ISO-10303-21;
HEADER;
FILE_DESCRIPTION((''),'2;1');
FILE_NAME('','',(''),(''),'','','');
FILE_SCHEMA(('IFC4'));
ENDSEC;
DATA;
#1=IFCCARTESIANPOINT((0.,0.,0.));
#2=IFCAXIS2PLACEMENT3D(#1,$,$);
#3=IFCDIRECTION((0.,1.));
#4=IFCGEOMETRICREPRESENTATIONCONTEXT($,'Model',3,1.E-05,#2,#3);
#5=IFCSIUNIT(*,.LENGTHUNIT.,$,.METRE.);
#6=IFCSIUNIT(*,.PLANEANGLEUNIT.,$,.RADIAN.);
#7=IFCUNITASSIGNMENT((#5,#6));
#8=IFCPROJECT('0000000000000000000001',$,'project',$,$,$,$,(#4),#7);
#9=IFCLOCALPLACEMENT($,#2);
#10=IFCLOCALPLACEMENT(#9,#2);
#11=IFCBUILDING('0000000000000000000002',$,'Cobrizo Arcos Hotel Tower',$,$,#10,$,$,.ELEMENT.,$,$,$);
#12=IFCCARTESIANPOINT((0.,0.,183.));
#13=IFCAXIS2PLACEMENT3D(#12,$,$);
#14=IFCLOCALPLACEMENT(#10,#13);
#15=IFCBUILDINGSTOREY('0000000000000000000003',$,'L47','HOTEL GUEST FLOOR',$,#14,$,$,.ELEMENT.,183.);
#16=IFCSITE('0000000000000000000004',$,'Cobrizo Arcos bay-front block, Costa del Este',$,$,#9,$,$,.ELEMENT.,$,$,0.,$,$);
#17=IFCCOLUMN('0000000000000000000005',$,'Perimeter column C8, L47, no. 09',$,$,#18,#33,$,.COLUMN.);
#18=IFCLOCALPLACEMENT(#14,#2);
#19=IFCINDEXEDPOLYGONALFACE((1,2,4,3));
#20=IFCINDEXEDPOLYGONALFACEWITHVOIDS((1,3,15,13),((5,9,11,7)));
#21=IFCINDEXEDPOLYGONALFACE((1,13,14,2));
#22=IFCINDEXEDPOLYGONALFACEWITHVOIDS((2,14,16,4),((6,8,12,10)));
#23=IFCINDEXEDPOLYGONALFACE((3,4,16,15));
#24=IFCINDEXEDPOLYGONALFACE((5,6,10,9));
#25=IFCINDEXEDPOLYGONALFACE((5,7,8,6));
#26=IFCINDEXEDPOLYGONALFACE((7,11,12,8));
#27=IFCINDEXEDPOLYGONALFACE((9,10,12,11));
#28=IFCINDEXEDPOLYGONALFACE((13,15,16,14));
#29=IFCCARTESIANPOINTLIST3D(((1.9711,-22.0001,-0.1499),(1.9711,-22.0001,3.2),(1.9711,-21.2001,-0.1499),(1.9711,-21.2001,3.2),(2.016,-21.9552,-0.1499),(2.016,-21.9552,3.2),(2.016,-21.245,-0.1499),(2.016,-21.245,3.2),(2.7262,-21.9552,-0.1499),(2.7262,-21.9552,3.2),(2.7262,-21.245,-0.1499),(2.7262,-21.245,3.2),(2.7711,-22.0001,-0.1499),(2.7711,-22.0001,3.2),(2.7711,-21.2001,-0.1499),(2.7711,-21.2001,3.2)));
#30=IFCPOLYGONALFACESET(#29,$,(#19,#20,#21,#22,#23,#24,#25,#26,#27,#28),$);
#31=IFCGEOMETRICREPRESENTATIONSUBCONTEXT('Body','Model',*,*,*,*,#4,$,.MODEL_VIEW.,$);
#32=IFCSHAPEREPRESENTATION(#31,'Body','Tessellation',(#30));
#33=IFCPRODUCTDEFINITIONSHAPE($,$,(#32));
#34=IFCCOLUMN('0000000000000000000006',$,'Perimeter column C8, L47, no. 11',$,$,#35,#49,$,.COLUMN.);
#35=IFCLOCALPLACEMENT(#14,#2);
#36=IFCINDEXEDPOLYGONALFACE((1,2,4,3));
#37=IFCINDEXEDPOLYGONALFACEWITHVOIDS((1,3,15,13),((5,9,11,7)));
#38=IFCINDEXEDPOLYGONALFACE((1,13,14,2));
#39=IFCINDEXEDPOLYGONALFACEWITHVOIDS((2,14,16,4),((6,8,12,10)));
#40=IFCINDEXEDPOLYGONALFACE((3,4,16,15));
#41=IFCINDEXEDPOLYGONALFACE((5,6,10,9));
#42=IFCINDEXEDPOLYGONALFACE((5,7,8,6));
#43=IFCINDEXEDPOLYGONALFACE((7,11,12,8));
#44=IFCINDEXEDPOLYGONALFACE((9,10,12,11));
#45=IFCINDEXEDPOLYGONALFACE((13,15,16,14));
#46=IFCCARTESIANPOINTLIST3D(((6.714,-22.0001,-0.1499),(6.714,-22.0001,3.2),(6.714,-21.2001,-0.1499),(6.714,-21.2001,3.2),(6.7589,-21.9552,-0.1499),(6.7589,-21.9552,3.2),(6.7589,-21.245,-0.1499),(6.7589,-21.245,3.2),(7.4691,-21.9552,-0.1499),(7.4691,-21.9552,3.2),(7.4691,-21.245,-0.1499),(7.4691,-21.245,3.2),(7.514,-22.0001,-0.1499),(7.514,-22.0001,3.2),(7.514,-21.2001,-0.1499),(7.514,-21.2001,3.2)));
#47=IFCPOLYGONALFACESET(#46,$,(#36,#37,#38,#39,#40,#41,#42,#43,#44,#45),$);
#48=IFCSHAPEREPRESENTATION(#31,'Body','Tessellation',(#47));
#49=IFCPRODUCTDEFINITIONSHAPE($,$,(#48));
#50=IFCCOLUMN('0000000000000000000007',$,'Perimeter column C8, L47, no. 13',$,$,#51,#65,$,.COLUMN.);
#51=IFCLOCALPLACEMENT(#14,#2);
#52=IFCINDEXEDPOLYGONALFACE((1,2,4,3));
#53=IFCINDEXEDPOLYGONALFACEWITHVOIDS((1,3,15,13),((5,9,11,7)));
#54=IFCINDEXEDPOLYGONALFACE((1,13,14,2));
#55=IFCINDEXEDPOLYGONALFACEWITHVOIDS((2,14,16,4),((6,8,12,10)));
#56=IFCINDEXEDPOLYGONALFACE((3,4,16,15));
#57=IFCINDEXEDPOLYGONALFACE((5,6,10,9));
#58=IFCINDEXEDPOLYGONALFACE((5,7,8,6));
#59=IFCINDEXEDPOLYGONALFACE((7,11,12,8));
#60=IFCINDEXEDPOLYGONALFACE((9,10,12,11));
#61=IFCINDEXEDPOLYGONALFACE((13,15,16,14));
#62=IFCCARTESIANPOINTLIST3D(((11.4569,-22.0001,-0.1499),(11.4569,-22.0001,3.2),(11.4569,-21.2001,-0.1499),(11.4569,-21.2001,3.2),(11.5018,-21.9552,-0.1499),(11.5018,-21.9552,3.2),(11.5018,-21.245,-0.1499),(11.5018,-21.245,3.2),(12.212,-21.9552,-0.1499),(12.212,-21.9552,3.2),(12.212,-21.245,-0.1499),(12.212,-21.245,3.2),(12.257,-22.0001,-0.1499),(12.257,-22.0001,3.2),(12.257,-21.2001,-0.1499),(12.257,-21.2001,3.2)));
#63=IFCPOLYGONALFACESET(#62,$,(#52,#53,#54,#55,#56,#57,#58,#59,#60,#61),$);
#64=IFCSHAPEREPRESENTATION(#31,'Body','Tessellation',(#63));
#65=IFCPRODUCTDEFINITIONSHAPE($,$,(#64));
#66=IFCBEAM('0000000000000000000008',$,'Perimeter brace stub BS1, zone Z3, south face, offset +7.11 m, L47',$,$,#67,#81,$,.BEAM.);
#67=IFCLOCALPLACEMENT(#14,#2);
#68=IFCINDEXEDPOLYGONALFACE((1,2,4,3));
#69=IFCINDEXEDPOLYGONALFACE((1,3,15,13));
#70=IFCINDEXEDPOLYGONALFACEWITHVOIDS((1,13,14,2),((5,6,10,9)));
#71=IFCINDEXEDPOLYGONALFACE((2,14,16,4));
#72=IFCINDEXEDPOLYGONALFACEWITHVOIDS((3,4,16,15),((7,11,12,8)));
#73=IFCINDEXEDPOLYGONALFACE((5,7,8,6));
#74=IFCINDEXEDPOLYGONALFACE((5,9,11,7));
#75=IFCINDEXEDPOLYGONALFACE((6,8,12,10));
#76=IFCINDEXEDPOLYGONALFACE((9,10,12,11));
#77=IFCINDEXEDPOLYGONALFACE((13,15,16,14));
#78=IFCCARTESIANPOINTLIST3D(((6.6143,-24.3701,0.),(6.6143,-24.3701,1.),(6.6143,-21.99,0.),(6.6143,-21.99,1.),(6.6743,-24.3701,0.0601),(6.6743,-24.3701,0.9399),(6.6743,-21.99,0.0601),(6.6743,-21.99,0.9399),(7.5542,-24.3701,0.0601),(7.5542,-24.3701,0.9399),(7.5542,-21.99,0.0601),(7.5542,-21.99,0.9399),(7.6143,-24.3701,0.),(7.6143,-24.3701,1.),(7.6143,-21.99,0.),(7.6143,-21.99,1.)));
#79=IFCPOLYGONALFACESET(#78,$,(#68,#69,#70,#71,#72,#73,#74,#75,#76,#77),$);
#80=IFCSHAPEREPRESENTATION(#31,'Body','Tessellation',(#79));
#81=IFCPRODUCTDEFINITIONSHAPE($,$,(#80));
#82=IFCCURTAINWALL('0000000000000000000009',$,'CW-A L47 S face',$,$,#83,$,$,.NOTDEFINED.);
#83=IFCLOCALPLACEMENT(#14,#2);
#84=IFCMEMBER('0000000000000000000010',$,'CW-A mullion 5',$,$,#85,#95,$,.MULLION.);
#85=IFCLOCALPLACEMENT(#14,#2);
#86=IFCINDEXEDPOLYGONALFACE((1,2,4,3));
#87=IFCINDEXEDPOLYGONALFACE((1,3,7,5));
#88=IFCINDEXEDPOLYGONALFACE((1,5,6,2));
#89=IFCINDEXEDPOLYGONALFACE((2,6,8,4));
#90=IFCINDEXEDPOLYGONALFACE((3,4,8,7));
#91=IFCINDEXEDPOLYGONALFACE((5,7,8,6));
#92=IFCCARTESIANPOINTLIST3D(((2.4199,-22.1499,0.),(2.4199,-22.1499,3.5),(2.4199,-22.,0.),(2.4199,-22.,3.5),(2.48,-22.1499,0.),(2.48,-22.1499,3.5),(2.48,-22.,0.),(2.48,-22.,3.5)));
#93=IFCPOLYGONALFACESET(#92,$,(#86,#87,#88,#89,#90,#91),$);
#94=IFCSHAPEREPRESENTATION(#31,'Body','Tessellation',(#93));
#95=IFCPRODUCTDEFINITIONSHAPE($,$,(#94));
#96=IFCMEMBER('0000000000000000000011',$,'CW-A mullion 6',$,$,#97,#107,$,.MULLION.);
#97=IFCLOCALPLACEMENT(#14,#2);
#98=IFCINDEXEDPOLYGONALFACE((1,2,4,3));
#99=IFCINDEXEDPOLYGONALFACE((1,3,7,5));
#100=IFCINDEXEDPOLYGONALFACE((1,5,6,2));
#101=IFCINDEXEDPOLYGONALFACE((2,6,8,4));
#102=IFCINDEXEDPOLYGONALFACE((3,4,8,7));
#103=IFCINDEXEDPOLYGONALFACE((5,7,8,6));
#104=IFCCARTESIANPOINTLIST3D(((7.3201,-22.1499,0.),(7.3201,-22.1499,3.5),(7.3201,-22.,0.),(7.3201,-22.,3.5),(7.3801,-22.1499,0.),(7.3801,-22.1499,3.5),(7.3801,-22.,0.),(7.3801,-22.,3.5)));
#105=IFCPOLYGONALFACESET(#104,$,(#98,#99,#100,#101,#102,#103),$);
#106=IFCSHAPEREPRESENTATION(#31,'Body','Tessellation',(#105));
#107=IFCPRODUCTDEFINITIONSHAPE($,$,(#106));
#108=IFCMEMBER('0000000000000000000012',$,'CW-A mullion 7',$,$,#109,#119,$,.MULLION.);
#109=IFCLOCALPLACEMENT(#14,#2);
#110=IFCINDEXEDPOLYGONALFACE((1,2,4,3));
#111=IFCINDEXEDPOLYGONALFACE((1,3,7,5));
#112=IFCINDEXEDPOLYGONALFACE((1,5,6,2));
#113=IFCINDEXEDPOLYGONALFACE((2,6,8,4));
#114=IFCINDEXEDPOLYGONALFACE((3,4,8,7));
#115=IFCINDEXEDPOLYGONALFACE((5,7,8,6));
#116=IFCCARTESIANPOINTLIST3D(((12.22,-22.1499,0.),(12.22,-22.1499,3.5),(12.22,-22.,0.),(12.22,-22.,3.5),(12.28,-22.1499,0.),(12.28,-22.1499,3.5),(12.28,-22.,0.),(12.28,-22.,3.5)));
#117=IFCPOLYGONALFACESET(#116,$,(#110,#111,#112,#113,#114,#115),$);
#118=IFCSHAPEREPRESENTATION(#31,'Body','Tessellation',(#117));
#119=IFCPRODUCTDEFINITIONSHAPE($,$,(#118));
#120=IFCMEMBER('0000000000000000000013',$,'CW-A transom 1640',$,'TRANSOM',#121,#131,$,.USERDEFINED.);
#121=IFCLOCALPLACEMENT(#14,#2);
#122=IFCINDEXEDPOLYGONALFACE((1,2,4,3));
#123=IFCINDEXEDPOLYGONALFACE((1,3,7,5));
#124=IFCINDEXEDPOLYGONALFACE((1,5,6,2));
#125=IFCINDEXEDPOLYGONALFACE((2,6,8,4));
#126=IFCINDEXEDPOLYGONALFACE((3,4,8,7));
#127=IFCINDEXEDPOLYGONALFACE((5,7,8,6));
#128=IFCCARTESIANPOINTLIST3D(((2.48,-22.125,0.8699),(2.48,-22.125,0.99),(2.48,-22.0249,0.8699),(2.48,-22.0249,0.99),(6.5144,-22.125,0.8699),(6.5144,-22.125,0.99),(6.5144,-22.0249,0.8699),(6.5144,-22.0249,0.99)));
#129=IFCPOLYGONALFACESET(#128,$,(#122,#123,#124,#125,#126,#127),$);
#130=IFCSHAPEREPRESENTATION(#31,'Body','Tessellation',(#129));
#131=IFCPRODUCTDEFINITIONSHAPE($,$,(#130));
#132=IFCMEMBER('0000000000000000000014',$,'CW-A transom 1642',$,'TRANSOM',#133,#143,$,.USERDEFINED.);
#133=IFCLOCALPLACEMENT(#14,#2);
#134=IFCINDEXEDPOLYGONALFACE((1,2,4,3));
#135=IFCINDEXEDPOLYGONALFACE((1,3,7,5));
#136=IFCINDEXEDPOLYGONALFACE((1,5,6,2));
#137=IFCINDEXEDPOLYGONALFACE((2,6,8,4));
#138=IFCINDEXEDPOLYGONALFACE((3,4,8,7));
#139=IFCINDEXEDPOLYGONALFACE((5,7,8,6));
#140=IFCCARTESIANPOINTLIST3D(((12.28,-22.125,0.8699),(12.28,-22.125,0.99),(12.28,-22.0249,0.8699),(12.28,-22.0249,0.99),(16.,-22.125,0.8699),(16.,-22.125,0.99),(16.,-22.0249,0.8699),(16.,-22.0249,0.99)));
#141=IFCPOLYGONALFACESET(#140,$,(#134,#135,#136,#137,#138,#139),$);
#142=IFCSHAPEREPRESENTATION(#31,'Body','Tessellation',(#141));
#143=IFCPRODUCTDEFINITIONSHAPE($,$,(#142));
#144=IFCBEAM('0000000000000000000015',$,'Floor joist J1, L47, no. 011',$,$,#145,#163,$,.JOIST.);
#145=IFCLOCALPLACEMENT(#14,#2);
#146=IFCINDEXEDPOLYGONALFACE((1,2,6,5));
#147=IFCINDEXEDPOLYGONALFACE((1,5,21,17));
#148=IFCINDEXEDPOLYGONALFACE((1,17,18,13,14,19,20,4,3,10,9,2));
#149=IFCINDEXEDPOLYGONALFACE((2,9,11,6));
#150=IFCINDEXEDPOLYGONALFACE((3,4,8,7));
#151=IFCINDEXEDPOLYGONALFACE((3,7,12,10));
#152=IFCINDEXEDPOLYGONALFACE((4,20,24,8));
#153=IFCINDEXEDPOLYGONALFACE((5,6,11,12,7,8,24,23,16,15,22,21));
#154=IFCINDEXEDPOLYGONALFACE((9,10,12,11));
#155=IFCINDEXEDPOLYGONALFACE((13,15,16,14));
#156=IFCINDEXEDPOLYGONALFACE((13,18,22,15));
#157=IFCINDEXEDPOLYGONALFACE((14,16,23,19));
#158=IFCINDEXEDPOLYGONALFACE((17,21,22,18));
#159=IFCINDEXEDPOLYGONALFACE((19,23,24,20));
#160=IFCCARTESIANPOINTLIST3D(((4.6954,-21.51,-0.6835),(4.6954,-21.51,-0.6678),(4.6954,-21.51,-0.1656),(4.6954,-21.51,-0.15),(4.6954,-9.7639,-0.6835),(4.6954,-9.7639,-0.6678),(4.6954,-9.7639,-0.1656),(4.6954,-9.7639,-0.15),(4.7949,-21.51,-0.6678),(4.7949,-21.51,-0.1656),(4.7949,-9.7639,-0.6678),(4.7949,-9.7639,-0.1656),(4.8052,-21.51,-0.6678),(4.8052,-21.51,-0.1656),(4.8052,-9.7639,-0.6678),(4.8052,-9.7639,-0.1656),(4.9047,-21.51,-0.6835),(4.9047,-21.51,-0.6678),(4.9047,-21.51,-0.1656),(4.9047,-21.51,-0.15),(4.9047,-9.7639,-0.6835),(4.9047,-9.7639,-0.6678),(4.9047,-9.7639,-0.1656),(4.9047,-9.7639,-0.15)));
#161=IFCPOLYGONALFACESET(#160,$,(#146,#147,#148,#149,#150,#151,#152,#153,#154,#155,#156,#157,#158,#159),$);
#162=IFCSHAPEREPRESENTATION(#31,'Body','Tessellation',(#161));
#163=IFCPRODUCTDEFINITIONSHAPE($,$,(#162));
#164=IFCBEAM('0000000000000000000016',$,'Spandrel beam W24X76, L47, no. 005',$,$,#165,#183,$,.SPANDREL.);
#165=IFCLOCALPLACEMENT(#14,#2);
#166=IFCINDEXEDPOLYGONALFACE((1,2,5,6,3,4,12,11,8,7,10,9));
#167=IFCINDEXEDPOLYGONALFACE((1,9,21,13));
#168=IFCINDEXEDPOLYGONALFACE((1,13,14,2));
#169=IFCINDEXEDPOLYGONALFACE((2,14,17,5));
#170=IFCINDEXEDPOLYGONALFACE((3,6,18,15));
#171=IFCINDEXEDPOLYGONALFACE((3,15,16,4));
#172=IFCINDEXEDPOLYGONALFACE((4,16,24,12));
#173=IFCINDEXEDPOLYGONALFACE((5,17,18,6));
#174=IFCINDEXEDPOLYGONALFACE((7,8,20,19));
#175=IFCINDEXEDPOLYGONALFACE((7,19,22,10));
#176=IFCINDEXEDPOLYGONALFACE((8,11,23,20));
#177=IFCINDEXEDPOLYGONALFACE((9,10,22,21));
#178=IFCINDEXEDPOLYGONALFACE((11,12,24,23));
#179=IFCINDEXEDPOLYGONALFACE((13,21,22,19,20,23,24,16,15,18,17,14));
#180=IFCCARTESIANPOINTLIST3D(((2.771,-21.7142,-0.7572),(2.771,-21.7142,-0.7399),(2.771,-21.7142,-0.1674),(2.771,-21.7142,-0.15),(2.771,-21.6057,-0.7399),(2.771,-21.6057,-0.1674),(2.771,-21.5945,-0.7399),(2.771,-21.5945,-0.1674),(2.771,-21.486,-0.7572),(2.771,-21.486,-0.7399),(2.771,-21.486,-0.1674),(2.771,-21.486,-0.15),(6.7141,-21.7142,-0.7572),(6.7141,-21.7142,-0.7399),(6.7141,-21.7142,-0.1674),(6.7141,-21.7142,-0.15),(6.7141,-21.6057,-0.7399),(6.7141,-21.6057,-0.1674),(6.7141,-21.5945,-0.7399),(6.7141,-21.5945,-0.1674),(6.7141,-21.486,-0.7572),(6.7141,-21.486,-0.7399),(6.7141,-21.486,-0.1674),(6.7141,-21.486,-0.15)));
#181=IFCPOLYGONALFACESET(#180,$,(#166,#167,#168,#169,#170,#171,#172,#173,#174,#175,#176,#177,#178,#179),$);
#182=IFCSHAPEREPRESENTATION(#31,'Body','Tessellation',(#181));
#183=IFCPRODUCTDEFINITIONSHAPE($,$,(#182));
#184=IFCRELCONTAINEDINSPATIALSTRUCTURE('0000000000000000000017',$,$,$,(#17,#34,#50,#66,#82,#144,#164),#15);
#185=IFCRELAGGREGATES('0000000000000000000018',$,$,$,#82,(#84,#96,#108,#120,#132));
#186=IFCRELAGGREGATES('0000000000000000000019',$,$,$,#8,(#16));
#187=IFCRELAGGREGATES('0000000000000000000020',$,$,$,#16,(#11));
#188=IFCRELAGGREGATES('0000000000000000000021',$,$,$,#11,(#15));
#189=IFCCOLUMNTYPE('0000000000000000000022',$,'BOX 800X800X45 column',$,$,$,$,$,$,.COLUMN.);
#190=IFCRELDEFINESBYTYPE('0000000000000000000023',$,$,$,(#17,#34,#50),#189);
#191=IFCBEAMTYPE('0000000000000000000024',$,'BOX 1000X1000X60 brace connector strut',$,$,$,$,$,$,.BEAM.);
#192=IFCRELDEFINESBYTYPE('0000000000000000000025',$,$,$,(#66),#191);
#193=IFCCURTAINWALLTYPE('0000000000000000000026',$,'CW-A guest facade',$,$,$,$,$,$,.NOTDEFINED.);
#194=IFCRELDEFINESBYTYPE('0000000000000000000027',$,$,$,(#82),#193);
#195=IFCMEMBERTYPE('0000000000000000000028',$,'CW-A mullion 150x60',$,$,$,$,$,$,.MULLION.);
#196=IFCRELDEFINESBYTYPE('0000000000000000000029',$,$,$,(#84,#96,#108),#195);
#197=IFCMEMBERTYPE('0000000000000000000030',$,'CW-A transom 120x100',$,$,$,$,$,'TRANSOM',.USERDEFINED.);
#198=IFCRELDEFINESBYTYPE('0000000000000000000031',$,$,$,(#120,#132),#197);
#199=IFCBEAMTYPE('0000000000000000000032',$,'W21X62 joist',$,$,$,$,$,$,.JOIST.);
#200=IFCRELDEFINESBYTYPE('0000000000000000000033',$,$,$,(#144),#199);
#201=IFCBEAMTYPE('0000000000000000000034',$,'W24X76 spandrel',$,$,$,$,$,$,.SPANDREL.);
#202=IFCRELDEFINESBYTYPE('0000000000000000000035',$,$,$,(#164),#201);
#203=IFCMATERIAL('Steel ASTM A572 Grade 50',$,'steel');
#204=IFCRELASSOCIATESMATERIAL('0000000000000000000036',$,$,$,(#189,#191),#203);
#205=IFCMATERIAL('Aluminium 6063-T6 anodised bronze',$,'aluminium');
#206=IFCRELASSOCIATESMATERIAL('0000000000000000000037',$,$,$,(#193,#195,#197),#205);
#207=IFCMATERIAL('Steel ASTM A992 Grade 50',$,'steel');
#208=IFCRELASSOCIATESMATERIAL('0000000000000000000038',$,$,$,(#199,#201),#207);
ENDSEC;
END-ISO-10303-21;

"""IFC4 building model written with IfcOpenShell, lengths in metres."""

from ifc_helpers import new_model, si_unit, direction, frame, origin, origin_2d, place, context, subcontext, project, spatial, rectangle, hollow_rectangle, i_section, extrude, material, material_profile, profile_set, type_object, element, aggregate, save


model = new_model("IFC4")

# Units and contexts
model_context = context("Model", 3, precision=1e-05, world=origin(), true_north=direction((0.0, 1.0)))
body_context = subcontext(model_context, "Body", "Model", "MODEL_VIEW")
ifc_project = project(units=[si_unit("LENGTHUNIT", "METRE"), si_unit("PLANEANGLEUNIT", "RADIAN")], contexts=[model_context])

# Site, building, storey
site_placement = place(None, origin())
site = spatial("IfcSite", under=ifc_project, at=site_placement, Name="Cobrizo Arcos bay-front block, Costa del Este", CompositionType="ELEMENT", RefElevation=0.0)
building_placement = place(site_placement, origin())
building = spatial("IfcBuilding", under=site, at=building_placement, Name="Cobrizo Arcos Hotel Tower", CompositionType="ELEMENT")
storey_placement = place(building_placement, frame((0.0, 0.0, 183.0)))
storey = spatial("IfcBuildingStorey", under=building, at=storey_placement, Name="L47", Description="HOTEL GUEST FLOOR", CompositionType="ELEMENT", Elevation=183.0)

# Columns
ifc_material_1 = material(Name="Steel ASTM A572 Grade 50", Category="steel")
ifc_material_profile_1 = material_profile(ifc_material_1, hollow_rectangle(XDim=0.8, YDim=0.8, WallThickness=0.0449, at=origin_2d()), Name="BOX 800X800X45")
ifc_profile_set_1 = profile_set([ifc_material_profile_1], Name="Steel ASTM A572 Grade 50")
column_type = type_object("IfcColumnType", Name="BOX 800X800X45 column", PredefinedType="COLUMN", material=ifc_profile_set_1)
for number, where, z_axis, x_axis, name in (
    (1, (2.3711, -21.6001, -0.1499), (0.0, 0.0, 1.0), (1.0, 0.0, 0.0), "Perimeter column C8, L47, no. 09"),
    (2, (7.114, -21.6001, -0.1499), (0.0, 0.0, 1.0), (1.0, 0.0, 0.0), "Perimeter column C8, L47, no. 11"),
    (3, (11.8569, -21.6001, -0.1499), (0.0, 0.0, 1.0), (1.0, 0.0, 0.0), "Perimeter column C8, L47, no. 13"),
):
    element("IfcColumn", number, at=place(storey_placement, frame(where, z_axis=z_axis, x_axis=x_axis)), inside=storey, type_object=column_type, Name=name, PredefinedType="COLUMN", context=body_context, shape_type="SweptSolid", body=[
        extrude(hollow_rectangle(XDim=0.8, YDim=0.8, WallThickness=0.0449, at=origin_2d()), origin(), (0.0, 0.0, 1.0), 3.3499),
    ])

# Beam
ifc_material_profile_2 = material_profile(ifc_material_1, hollow_rectangle(XDim=1.0, YDim=1.0, WallThickness=0.0601, at=origin_2d()), Name="BOX 1000X1000X60")
ifc_profile_set_2 = profile_set([ifc_material_profile_2], Name="Steel ASTM A572 Grade 50")
beam_type_1 = type_object("IfcBeamType", Name="BOX 1000X1000X60 brace connector strut", PredefinedType="BEAM", material=ifc_profile_set_2)
beam_1_placement = place(storey_placement, frame((7.1143, -21.99, 0.5), z_axis=(0.0, -1.0, 0.0), x_axis=(1.0, 0.0, 0.0)))
element("IfcBeam", 4, at=beam_1_placement, inside=storey, type_object=beam_type_1, Name="Perimeter brace stub BS1, zone Z3, south face, offset +7.11 m, L47", PredefinedType="BEAM", context=body_context, shape_type="SweptSolid", body=[
    extrude(hollow_rectangle(XDim=1.0, YDim=1.0, WallThickness=0.0601, at=origin_2d()), origin(), (0.0, 0.0, 1.0), 2.3801),
])

# Curtain wall, members
ifc_material_2 = material(Name="Aluminium 6063-T6 anodised bronze", Category="aluminium")
curtain_wall_type = type_object("IfcCurtainWallType", Name="CW-A guest facade", PredefinedType="NOTDEFINED", material=ifc_material_2)
curtain_wall_placement = place(storey_placement, origin())
curtain_wall = element("IfcCurtainWall", 5, at=curtain_wall_placement, inside=storey, type_object=curtain_wall_type, Name="CW-A L47 S face", PredefinedType="NOTDEFINED")
ifc_material_profile_3 = material_profile(ifc_material_2, rectangle(XDim=0.1499, YDim=0.0601, at=origin_2d()), Name="CW-A mullion 150x60")
ifc_profile_set_3 = profile_set([ifc_material_profile_3], Name="Aluminium 6063-T6 anodised bronze")
member_type_1 = type_object("IfcMemberType", Name="CW-A mullion 150x60", PredefinedType="MULLION", material=ifc_profile_set_3)
member_1_placement = place(storey_placement, frame((2.45, -22.075, 0.0), z_axis=(0.0, 0.0, 1.0), x_axis=(0.0, -1.0, 0.0)))
member_1 = element("IfcMember", 6, at=member_1_placement, type_object=member_type_1, Name="CW-A mullion 5", PredefinedType="MULLION", context=body_context, shape_type="SweptSolid", body=[
    extrude(rectangle(XDim=0.1499, YDim=0.0601, at=origin_2d()), origin(), (0.0, 0.0, 1.0), 3.5),
])
member_2_placement = place(storey_placement, frame((7.3501, -22.075, 0.0), z_axis=(0.0, 0.0, 1.0), x_axis=(0.0, -1.0, 0.0)))
member_2 = element("IfcMember", 7, at=member_2_placement, type_object=member_type_1, Name="CW-A mullion 6", PredefinedType="MULLION", context=body_context, shape_type="SweptSolid", body=[
    extrude(rectangle(XDim=0.1499, YDim=0.0601, at=origin_2d()), origin(), (0.0, 0.0, 1.0), 3.5),
])
member_3_placement = place(storey_placement, frame((12.25, -22.075, 0.0), z_axis=(0.0, 0.0, 1.0), x_axis=(0.0, -1.0, 0.0)))
member_3 = element("IfcMember", 8, at=member_3_placement, type_object=member_type_1, Name="CW-A mullion 7", PredefinedType="MULLION", context=body_context, shape_type="SweptSolid", body=[
    extrude(rectangle(XDim=0.1499, YDim=0.0601, at=origin_2d()), origin(), (0.0, 0.0, 1.0), 3.5),
])
ifc_material_profile_4 = material_profile(ifc_material_2, rectangle(XDim=0.1001, YDim=0.1201, at=origin_2d()), Name="CW-A transom 120x100")
ifc_profile_set_4 = profile_set([ifc_material_profile_4], Name="Aluminium 6063-T6 anodised bronze")
member_type_2 = type_object("IfcMemberType", Name="CW-A transom 120x100", ElementType="TRANSOM", PredefinedType="USERDEFINED", material=ifc_profile_set_4)
member_4_placement = place(storey_placement, frame((2.48, -22.075, 0.9299), z_axis=(1.0, 0.0, 0.0), x_axis=(0.0, 1.0, 0.0)))
member_4 = element("IfcMember", 9, at=member_4_placement, type_object=member_type_2, Name="CW-A transom 1640", ObjectType="TRANSOM", PredefinedType="USERDEFINED", context=body_context, shape_type="SweptSolid", body=[
    extrude(rectangle(XDim=0.1001, YDim=0.1201, at=origin_2d()), origin(), (0.0, 0.0, 1.0), 4.0344),
])
member_5_placement = place(storey_placement, frame((12.28, -22.075, 0.9299), z_axis=(1.0, 0.0, 0.0), x_axis=(0.0, 1.0, 0.0)))
member_5 = element("IfcMember", 10, at=member_5_placement, type_object=member_type_2, Name="CW-A transom 1642", ObjectType="TRANSOM", PredefinedType="USERDEFINED", context=body_context, shape_type="SweptSolid", body=[
    extrude(rectangle(XDim=0.1001, YDim=0.1201, at=origin_2d()), origin(), (0.0, 0.0, 1.0), 3.72),
])

# Beams
ifc_material_3 = material(Name="Steel ASTM A992 Grade 50", Category="steel")
ifc_material_profile_5 = material_profile(ifc_material_3, i_section(OverallWidth=0.2092, OverallDepth=0.5334, WebThickness=0.0103, FlangeThickness=0.0156, at=origin_2d()), Name="W21X62")
ifc_profile_set_5 = profile_set([ifc_material_profile_5], Name="Steel ASTM A992 Grade 50")
beam_type_2 = type_object("IfcBeamType", Name="W21X62 joist", PredefinedType="JOIST", material=ifc_profile_set_5)
beam_2_placement = place(storey_placement, frame((4.8, -21.51, -0.4167), z_axis=(0.0, 1.0, 0.0), x_axis=(-1.0, 0.0, 0.0)))
element("IfcBeam", 11, at=beam_2_placement, inside=storey, type_object=beam_type_2, Name="Floor joist J1, L47, no. 011", PredefinedType="JOIST", context=body_context, shape_type="SweptSolid", body=[
    extrude(i_section(OverallWidth=0.2092, OverallDepth=0.5334, WebThickness=0.0103, FlangeThickness=0.0156, at=origin_2d()), origin(), (0.0, 0.0, 1.0), 11.7461),
])
ifc_material_profile_6 = material_profile(ifc_material_3, i_section(OverallWidth=0.2283, OverallDepth=0.6072, WebThickness=0.0112, FlangeThickness=0.0173, at=origin_2d()), Name="W24X76")
ifc_profile_set_6 = profile_set([ifc_material_profile_6], Name="Steel ASTM A992 Grade 50")
beam_type_3 = type_object("IfcBeamType", Name="W24X76 spandrel", PredefinedType="SPANDREL", material=ifc_profile_set_6)
for number, where, z_axis, x_axis, name in (
    (12, (2.771, -21.6001, -0.4536), (1.0, 0.0, 0.0), (0.0, 1.0, 0.0), "Spandrel beam W24X76, L47, no. 005"),
):
    element("IfcBeam", number, at=place(storey_placement, frame(where, z_axis=z_axis, x_axis=x_axis)), inside=storey, type_object=beam_type_3, Name=name, PredefinedType="SPANDREL", context=body_context, shape_type="SweptSolid", body=[
        extrude(i_section(OverallWidth=0.2283, OverallDepth=0.6072, WebThickness=0.0112, FlangeThickness=0.0173, at=origin_2d()), origin(), (0.0, 0.0, 1.0), 3.9431),
    ])

aggregate(curtain_wall, [member_1, member_2, member_3, member_4, member_5])

save(model, "model.ifc")
